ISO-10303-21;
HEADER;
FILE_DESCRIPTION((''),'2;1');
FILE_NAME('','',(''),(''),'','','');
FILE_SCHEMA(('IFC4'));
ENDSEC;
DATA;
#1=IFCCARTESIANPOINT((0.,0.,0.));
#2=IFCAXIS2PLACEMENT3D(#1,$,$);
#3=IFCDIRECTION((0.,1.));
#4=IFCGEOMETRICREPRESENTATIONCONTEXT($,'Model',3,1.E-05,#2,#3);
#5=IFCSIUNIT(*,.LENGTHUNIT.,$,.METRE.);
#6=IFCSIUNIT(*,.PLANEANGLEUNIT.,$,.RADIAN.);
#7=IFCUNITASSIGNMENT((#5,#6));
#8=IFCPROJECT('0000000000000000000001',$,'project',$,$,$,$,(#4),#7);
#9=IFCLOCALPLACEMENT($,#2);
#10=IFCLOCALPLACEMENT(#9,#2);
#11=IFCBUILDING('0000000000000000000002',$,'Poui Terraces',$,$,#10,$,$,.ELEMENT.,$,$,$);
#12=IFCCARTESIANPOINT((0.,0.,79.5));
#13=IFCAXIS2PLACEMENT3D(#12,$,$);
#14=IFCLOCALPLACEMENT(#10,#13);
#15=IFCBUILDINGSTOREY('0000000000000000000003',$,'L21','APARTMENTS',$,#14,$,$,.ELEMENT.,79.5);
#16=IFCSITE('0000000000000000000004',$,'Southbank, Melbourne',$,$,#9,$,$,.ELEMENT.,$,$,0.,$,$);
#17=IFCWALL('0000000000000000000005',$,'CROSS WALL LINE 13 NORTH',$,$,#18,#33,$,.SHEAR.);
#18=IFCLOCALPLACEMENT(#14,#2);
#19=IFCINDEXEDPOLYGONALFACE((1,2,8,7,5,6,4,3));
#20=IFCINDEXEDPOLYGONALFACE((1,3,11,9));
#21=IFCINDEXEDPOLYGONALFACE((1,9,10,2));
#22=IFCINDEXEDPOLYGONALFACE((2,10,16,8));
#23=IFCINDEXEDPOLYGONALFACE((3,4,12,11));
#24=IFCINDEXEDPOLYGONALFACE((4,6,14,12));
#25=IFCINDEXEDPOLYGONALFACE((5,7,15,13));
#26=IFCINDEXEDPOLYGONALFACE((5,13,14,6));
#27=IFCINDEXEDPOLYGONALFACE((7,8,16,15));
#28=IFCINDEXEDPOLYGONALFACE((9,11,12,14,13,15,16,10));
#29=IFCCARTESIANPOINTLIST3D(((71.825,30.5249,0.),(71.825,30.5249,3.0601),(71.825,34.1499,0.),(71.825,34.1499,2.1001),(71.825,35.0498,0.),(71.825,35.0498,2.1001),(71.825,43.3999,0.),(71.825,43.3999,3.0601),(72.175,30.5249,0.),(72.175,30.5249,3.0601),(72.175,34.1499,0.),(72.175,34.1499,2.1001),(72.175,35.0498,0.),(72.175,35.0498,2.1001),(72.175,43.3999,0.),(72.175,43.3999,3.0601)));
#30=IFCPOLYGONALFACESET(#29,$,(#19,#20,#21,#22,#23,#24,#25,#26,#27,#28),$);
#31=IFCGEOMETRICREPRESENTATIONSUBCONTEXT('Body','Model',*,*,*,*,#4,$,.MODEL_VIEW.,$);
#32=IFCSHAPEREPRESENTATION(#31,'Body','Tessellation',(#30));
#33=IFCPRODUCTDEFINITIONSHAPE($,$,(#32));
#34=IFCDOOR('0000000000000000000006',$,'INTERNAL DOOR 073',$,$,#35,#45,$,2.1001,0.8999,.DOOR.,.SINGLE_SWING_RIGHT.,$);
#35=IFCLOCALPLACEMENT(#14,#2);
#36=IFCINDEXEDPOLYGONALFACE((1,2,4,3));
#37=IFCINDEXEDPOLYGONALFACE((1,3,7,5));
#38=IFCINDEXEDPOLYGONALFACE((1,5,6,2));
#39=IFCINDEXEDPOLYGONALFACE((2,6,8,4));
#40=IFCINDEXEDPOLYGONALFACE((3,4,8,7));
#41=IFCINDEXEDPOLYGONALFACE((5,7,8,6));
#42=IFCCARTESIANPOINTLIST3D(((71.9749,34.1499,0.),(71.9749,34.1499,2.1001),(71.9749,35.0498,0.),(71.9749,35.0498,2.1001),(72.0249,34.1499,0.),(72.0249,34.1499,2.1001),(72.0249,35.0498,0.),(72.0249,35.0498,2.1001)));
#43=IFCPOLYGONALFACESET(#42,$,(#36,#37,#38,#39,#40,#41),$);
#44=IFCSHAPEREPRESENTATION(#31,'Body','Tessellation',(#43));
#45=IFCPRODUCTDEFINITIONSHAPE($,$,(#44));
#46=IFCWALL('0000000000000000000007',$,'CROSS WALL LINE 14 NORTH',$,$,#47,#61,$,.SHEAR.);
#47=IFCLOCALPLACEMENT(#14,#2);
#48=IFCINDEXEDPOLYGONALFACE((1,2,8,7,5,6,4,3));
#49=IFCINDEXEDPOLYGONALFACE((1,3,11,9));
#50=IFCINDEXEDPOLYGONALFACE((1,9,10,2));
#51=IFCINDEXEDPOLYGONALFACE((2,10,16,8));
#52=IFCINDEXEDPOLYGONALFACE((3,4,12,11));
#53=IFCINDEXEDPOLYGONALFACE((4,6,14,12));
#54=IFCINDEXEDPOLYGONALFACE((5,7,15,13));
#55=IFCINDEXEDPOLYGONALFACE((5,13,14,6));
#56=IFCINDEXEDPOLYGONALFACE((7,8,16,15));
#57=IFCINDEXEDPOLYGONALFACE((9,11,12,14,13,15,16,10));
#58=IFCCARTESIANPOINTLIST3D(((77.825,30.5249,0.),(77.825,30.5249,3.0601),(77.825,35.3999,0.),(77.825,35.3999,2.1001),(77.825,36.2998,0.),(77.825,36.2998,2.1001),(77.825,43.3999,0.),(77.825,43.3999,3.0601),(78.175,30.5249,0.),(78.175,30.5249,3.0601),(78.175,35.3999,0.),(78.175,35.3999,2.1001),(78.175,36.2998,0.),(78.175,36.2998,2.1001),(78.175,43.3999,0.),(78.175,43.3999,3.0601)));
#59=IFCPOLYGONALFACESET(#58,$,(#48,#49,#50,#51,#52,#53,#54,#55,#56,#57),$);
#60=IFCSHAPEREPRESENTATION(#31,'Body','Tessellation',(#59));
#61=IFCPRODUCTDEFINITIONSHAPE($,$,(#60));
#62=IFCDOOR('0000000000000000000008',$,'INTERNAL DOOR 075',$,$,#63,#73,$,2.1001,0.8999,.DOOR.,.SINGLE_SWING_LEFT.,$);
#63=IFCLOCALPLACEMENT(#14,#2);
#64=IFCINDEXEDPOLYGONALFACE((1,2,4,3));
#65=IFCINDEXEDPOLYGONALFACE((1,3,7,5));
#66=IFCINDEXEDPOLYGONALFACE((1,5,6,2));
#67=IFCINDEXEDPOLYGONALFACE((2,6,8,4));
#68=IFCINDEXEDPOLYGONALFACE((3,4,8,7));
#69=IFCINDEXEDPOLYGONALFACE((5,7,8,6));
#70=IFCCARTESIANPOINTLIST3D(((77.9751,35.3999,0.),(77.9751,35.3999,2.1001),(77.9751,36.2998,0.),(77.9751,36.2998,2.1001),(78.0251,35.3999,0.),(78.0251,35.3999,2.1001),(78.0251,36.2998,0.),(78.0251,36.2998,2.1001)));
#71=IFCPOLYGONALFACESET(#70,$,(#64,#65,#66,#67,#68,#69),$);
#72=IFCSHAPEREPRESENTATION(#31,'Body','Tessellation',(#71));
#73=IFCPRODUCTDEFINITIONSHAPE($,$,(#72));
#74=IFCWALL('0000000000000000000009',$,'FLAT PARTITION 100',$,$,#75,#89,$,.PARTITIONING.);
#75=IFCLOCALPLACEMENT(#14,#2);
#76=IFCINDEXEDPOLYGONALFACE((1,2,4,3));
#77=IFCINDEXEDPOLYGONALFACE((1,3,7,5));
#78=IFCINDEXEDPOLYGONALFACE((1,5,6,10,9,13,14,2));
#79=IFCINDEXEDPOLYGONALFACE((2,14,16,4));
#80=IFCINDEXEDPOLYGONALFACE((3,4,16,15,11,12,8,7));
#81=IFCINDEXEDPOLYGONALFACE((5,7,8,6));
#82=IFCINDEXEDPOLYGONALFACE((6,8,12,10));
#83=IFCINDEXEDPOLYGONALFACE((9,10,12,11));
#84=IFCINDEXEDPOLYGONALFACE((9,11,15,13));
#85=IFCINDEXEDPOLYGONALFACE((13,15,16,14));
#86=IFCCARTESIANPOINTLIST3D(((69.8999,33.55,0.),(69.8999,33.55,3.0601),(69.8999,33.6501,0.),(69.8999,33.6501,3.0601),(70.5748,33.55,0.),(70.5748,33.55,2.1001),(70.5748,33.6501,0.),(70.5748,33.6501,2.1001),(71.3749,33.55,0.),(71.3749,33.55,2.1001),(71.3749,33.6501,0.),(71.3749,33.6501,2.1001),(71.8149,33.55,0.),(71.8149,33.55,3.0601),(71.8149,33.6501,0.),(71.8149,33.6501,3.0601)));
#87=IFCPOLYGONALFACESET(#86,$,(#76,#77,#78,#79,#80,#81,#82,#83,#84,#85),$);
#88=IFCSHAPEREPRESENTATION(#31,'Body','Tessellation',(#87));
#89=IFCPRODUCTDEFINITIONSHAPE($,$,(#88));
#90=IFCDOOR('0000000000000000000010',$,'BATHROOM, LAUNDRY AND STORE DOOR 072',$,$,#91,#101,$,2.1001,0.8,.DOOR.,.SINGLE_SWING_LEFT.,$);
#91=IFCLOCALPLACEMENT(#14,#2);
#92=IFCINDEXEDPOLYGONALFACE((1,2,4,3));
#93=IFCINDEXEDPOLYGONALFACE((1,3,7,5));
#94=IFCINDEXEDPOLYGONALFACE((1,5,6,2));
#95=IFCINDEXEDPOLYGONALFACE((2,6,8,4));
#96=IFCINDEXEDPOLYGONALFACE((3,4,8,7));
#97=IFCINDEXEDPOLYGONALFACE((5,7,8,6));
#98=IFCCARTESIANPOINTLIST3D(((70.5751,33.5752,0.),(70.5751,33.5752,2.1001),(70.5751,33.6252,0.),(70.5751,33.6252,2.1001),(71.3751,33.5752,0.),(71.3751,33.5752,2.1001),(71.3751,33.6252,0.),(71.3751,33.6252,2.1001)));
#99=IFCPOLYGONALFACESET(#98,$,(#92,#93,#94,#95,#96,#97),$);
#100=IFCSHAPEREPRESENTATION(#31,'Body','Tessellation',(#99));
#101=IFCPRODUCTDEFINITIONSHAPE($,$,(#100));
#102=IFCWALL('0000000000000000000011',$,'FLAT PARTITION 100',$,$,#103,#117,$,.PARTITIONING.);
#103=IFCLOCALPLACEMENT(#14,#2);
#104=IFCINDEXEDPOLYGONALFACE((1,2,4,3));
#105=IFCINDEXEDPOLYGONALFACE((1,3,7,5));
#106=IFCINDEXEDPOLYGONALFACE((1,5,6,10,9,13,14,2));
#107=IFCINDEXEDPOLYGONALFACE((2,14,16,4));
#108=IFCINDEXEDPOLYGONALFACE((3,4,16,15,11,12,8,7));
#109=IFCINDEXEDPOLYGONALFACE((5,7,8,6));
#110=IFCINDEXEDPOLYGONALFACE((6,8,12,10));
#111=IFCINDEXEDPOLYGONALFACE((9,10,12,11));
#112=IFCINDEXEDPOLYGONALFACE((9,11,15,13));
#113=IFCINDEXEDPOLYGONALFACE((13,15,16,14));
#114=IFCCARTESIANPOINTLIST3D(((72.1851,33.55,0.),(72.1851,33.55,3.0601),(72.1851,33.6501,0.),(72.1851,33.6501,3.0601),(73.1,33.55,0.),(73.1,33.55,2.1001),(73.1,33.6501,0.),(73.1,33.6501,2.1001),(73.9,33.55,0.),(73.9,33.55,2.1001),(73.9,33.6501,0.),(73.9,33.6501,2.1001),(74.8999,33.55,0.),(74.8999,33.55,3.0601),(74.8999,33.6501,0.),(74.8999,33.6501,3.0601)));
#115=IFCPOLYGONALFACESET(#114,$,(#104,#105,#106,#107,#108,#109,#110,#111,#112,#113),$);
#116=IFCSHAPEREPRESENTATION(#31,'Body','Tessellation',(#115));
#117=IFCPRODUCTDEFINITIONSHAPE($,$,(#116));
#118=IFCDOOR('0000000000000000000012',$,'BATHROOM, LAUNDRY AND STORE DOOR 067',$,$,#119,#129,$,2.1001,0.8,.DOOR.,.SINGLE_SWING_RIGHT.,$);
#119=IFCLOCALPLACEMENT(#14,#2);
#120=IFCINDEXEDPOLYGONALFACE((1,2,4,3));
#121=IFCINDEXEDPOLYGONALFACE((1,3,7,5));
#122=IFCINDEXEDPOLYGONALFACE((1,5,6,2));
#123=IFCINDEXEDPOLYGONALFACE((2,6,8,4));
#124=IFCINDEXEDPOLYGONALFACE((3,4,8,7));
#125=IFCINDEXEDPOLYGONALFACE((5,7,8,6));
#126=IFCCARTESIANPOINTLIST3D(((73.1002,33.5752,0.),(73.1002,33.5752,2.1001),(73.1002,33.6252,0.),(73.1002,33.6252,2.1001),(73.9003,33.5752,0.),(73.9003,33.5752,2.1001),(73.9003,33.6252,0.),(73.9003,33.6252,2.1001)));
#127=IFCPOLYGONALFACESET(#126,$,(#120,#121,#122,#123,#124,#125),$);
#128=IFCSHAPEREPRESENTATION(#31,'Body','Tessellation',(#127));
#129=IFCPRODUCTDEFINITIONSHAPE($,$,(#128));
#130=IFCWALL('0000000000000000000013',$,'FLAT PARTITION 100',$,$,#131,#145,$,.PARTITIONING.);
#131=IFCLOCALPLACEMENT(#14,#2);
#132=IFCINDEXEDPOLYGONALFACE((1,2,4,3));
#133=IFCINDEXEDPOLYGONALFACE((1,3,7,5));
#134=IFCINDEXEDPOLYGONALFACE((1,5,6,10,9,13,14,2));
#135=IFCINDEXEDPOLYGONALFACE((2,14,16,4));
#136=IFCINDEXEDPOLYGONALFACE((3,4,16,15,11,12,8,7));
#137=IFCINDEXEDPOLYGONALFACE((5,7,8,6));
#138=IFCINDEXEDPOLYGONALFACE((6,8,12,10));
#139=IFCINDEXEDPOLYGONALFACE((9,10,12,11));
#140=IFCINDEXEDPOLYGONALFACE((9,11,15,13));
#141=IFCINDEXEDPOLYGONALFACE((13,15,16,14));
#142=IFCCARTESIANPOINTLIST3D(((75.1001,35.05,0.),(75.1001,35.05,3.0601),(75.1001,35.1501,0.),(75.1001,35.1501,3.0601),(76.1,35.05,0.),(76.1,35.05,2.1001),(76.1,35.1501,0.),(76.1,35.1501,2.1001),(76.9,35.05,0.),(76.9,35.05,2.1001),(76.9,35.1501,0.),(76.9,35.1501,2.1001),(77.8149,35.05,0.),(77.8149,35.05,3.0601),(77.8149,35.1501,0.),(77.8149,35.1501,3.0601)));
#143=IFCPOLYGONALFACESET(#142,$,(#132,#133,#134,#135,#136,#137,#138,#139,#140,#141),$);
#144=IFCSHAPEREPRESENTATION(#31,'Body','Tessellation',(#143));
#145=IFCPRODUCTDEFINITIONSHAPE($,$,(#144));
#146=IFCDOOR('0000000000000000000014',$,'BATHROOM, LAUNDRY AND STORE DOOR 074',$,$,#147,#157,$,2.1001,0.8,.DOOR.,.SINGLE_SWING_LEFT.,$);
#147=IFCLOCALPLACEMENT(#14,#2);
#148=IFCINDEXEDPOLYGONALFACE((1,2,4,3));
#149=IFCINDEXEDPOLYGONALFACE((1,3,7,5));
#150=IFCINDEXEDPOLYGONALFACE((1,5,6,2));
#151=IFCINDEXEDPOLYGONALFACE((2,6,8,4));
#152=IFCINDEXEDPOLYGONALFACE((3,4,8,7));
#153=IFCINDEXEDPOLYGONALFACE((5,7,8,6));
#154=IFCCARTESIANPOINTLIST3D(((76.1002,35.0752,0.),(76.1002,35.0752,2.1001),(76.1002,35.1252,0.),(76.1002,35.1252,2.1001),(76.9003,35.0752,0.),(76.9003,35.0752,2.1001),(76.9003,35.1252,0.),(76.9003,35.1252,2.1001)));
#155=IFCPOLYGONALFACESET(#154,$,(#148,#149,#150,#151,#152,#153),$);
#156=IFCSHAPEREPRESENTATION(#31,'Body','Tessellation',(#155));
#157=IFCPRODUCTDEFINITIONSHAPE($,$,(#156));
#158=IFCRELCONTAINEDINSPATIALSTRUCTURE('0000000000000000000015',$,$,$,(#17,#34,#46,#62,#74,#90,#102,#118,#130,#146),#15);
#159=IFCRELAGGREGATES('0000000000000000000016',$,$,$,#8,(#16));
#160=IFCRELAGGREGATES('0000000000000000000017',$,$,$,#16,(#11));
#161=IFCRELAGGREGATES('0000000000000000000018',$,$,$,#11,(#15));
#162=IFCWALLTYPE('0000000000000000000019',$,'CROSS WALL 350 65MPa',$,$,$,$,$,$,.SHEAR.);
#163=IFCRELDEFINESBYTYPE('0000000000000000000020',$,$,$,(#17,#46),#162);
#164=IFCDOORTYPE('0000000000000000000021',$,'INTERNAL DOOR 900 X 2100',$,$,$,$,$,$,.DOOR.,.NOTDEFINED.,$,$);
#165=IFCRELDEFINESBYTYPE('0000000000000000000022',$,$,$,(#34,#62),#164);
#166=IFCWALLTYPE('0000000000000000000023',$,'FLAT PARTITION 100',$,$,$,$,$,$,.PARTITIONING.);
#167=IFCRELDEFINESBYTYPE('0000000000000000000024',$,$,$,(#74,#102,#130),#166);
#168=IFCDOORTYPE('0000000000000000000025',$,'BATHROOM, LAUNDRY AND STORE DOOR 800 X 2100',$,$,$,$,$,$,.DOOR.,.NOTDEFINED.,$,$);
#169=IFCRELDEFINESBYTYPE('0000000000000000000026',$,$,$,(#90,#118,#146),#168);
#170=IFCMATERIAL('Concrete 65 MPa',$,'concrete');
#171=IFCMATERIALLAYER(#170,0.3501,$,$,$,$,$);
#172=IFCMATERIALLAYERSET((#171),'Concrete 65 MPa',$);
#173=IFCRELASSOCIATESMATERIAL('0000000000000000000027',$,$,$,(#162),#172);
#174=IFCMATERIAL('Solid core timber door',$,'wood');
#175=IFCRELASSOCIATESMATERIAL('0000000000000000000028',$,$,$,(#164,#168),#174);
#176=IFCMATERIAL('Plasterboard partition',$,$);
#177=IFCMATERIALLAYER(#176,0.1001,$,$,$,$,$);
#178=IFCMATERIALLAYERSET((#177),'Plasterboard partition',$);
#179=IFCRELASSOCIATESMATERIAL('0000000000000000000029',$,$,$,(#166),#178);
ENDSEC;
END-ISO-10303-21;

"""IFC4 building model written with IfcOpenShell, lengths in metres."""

from ifc_helpers import new_model, si_unit, direction, frame, frame_2d, origin, place, context, subcontext, project, spatial, rectangle, extrude, material, layer, layer_set, type_object, element, fill, save


model = new_model("IFC4")

# Units and contexts
model_context = context("Model", 3, precision=1e-05, world=origin(), true_north=direction((0.0, 1.0)))
body_context = subcontext(model_context, "Body", "Model", "MODEL_VIEW")
ifc_project = project(units=[si_unit("LENGTHUNIT", "METRE"), si_unit("PLANEANGLEUNIT", "RADIAN")], contexts=[model_context])

# Site, building, storey
site_placement = place(None, origin())
site = spatial("IfcSite", under=ifc_project, at=site_placement, Name="Southbank, Melbourne", CompositionType="ELEMENT", RefElevation=0.0)
building_placement = place(site_placement, origin())
building = spatial("IfcBuilding", under=site, at=building_placement, Name="Poui Terraces", CompositionType="ELEMENT")
storey_placement = place(building_placement, frame((0.0, 0.0, 79.5)))
storey = spatial("IfcBuildingStorey", under=building, at=storey_placement, Name="L21", Description="APARTMENTS", CompositionType="ELEMENT", Elevation=79.5)

# Walls, openings, doors
ifc_material_1 = material(Name="Concrete 65 MPa", Category="concrete")
ifc_layer_1 = layer(ifc_material_1, 0.3501)
ifc_layer_set_1 = layer_set([ifc_layer_1], Name="Concrete 65 MPa")
wall_type_1 = type_object("IfcWallType", Name="CROSS WALL 350 65MPa", PredefinedType="SHEAR", material=ifc_layer_set_1)
wall_1_placement = place(storey_placement, frame((72.0, 30.5249, 0.0), z_axis=(0.0, 0.0, 1.0), x_axis=(0.0, 1.0, 0.0)))
wall_1 = element("IfcWall", 1, at=wall_1_placement, inside=storey, type_object=wall_type_1, Name="CROSS WALL LINE 13 NORTH", PredefinedType="SHEAR", context=body_context, shape_type="SweptSolid", body=[
    extrude(rectangle(XDim=12.875, YDim=0.3501, at=frame_2d((6.4375, 0.0))), origin(), (0.0, 0.0, 1.0), 3.0601),
])
opening_1_placement = place(wall_1_placement, frame((3.625, 0.0, 0.0)))
opening_1 = element("IfcOpeningElement", 2, at=opening_1_placement, cuts=wall_1, PredefinedType="OPENING", context=body_context, shape_type="SweptSolid", body=[
    extrude(rectangle(XDim=0.8999, YDim=2.1001, at=frame_2d((0.45, 1.05))), frame((0.0, 0.1851, 0.0), z_axis=(0.0, -1.0, 0.0), x_axis=(1.0, 0.0, 0.0)), (0.0, 0.0, 1.0), 0.3701),
])
ifc_material_2 = material(Name="Solid core timber door", Category="wood")
door_type_1 = type_object("IfcDoorType", Name="INTERNAL DOOR 900 X 2100", OperationType="NOTDEFINED", PredefinedType="DOOR", material=ifc_material_2)
door_1_placement = place(opening_1_placement, frame((0.8999, 0.0, 0.0), z_axis=(0.0, 0.0, 1.0), x_axis=(-1.0, 0.0, 0.0)))
door_1 = element("IfcDoor", 3, at=door_1_placement, inside=storey, type_object=door_type_1, Name="INTERNAL DOOR 073", OperationType="SINGLE_SWING_RIGHT", OverallHeight=2.1001, OverallWidth=0.8999, PredefinedType="DOOR", context=body_context, shape_type="SweptSolid", body=[
    extrude(rectangle(XDim=0.8999, YDim=2.1001, at=frame_2d((0.45, 1.05))), frame((0.0, 0.0249, 0.0), z_axis=(0.0, -1.0, 0.0), x_axis=(1.0, 0.0, 0.0)), (0.0, 0.0, 1.0), 0.05),
])
fill(opening_1, door_1)
wall_2_placement = place(storey_placement, frame((78.0, 30.5249, 0.0), z_axis=(0.0, 0.0, 1.0), x_axis=(0.0, 1.0, 0.0)))
wall_2 = element("IfcWall", 4, at=wall_2_placement, inside=storey, type_object=wall_type_1, Name="CROSS WALL LINE 14 NORTH", PredefinedType="SHEAR", context=body_context, shape_type="SweptSolid", body=[
    extrude(rectangle(XDim=12.875, YDim=0.3501, at=frame_2d((6.4375, 0.0))), origin(), (0.0, 0.0, 1.0), 3.0601),
])
opening_2_placement = place(wall_2_placement, frame((4.875, 0.0, 0.0)))
opening_2 = element("IfcOpeningElement", 5, at=opening_2_placement, cuts=wall_2, PredefinedType="OPENING", context=body_context, shape_type="SweptSolid", body=[
    extrude(rectangle(XDim=0.8999, YDim=2.1001, at=frame_2d((0.45, 1.05))), frame((0.0, 0.1851, 0.0), z_axis=(0.0, -1.0, 0.0), x_axis=(1.0, 0.0, 0.0)), (0.0, 0.0, 1.0), 0.3701),
])
door_2_placement = place(opening_2_placement, origin())
door_2 = element("IfcDoor", 6, at=door_2_placement, inside=storey, type_object=door_type_1, Name="INTERNAL DOOR 075", OperationType="SINGLE_SWING_LEFT", OverallHeight=2.1001, OverallWidth=0.8999, PredefinedType="DOOR", context=body_context, shape_type="SweptSolid", body=[
    extrude(rectangle(XDim=0.8999, YDim=2.1001, at=frame_2d((0.45, 1.05))), frame((0.0, 0.0249, 0.0), z_axis=(0.0, -1.0, 0.0), x_axis=(1.0, 0.0, 0.0)), (0.0, 0.0, 1.0), 0.05),
])
fill(opening_2, door_2)
ifc_material_3 = material(Name="Plasterboard partition")
ifc_layer_2 = layer(ifc_material_3, 0.1001)
ifc_layer_set_2 = layer_set([ifc_layer_2], Name="Plasterboard partition")
wall_type_2 = type_object("IfcWallType", Name="FLAT PARTITION 100", PredefinedType="PARTITIONING", material=ifc_layer_set_2)
wall_3_placement = place(storey_placement, frame((69.8999, 33.6001, 0.0), z_axis=(0.0, 0.0, 1.0), x_axis=(1.0, 0.0, 0.0)))
wall_3 = element("IfcWall", 7, at=wall_3_placement, inside=storey, type_object=wall_type_2, Name="FLAT PARTITION 100", PredefinedType="PARTITIONING", context=body_context, shape_type="SweptSolid", body=[
    extrude(rectangle(XDim=1.915, YDim=0.1001, at=frame_2d((0.9575, 0.0))), origin(), (0.0, 0.0, 1.0), 3.0601),
])
opening_3_placement = place(wall_3_placement, frame((0.675, 0.0, 0.0)))
opening_3 = element("IfcOpeningElement", 8, at=opening_3_placement, cuts=wall_3, PredefinedType="OPENING", context=body_context, shape_type="SweptSolid", body=[
    extrude(rectangle(XDim=0.8, YDim=2.1001, at=frame_2d((0.3999, 1.05))), frame((0.0, 0.0601, 0.0), z_axis=(0.0, -1.0, 0.0), x_axis=(1.0, 0.0, 0.0)), (0.0, 0.0, 1.0), 0.1201),
])
door_type_2 = type_object("IfcDoorType", Name="BATHROOM, LAUNDRY AND STORE DOOR 800 X 2100", OperationType="NOTDEFINED", PredefinedType="DOOR", material=ifc_material_2)
door_3_placement = place(opening_3_placement, frame((0.8, 0.0, 0.0), z_axis=(0.0, 0.0, 1.0), x_axis=(-1.0, 0.0, 0.0)))
door_3 = element("IfcDoor", 9, at=door_3_placement, inside=storey, type_object=door_type_2, Name="BATHROOM, LAUNDRY AND STORE DOOR 072", OperationType="SINGLE_SWING_LEFT", OverallHeight=2.1001, OverallWidth=0.8, PredefinedType="DOOR", context=body_context, shape_type="SweptSolid", body=[
    extrude(rectangle(XDim=0.8, YDim=2.1001, at=frame_2d((0.3999, 1.05))), frame((0.0, 0.0249, 0.0), z_axis=(0.0, -1.0, 0.0), x_axis=(1.0, 0.0, 0.0)), (0.0, 0.0, 1.0), 0.05),
])
fill(opening_3, door_3)
wall_4_placement = place(storey_placement, frame((72.1851, 33.6001, 0.0), z_axis=(0.0, 0.0, 1.0), x_axis=(1.0, 0.0, 0.0)))
wall_4 = element("IfcWall", 10, at=wall_4_placement, inside=storey, type_object=wall_type_2, Name="FLAT PARTITION 100", PredefinedType="PARTITIONING", context=body_context, shape_type="SweptSolid", body=[
    extrude(rectangle(XDim=2.7148, YDim=0.1001, at=frame_2d((1.3574, 0.0))), origin(), (0.0, 0.0, 1.0), 3.0601),
])
opening_4_placement = place(wall_4_placement, frame((0.915, 0.0, 0.0)))
opening_4 = element("IfcOpeningElement", 11, at=opening_4_placement, cuts=wall_4, PredefinedType="OPENING", context=body_context, shape_type="SweptSolid", body=[
    extrude(rectangle(XDim=0.8, YDim=2.1001, at=frame_2d((0.3999, 1.05))), frame((0.0, 0.0601, 0.0), z_axis=(0.0, -1.0, 0.0), x_axis=(1.0, 0.0, 0.0)), (0.0, 0.0, 1.0), 0.1201),
])
door_4_placement = place(opening_4_placement, frame((0.8, 0.0, 0.0), z_axis=(0.0, 0.0, 1.0), x_axis=(-1.0, 0.0, 0.0)))
door_4 = element("IfcDoor", 12, at=door_4_placement, inside=storey, type_object=door_type_2, Name="BATHROOM, LAUNDRY AND STORE DOOR 067", OperationType="SINGLE_SWING_RIGHT", OverallHeight=2.1001, OverallWidth=0.8, PredefinedType="DOOR", context=body_context, shape_type="SweptSolid", body=[
    extrude(rectangle(XDim=0.8, YDim=2.1001, at=frame_2d((0.3999, 1.05))), frame((0.0, 0.0249, 0.0), z_axis=(0.0, -1.0, 0.0), x_axis=(1.0, 0.0, 0.0)), (0.0, 0.0, 1.0), 0.05),
])
fill(opening_4, door_4)
wall_5_placement = place(storey_placement, frame((75.1001, 35.1001, 0.0), z_axis=(0.0, 0.0, 1.0), x_axis=(1.0, 0.0, 0.0)))
wall_5 = element("IfcWall", 13, at=wall_5_placement, inside=storey, type_object=wall_type_2, Name="FLAT PARTITION 100", PredefinedType="PARTITIONING", context=body_context, shape_type="SweptSolid", body=[
    extrude(rectangle(XDim=2.7148, YDim=0.1001, at=frame_2d((1.3574, 0.0))), origin(), (0.0, 0.0, 1.0), 3.0601),
])
opening_5_placement = place(wall_5_placement, frame((1.0, 0.0, 0.0)))
opening_5 = element("IfcOpeningElement", 14, at=opening_5_placement, cuts=wall_5, PredefinedType="OPENING", context=body_context, shape_type="SweptSolid", body=[
    extrude(rectangle(XDim=0.8, YDim=2.1001, at=frame_2d((0.3999, 1.05))), frame((0.0, 0.0601, 0.0), z_axis=(0.0, -1.0, 0.0), x_axis=(1.0, 0.0, 0.0)), (0.0, 0.0, 1.0), 0.1201),
])
door_5_placement = place(opening_5_placement, frame((0.8, 0.0, 0.0), z_axis=(0.0, 0.0, 1.0), x_axis=(-1.0, 0.0, 0.0)))
door_5 = element("IfcDoor", 15, at=door_5_placement, inside=storey, type_object=door_type_2, Name="BATHROOM, LAUNDRY AND STORE DOOR 074", OperationType="SINGLE_SWING_LEFT", OverallHeight=2.1001, OverallWidth=0.8, PredefinedType="DOOR", context=body_context, shape_type="SweptSolid", body=[
    extrude(rectangle(XDim=0.8, YDim=2.1001, at=frame_2d((0.3999, 1.05))), frame((0.0, 0.0249, 0.0), z_axis=(0.0, -1.0, 0.0), x_axis=(1.0, 0.0, 0.0)), (0.0, 0.0, 1.0), 0.05),
])
fill(opening_5, door_5)

save(model, "model.ifc")
